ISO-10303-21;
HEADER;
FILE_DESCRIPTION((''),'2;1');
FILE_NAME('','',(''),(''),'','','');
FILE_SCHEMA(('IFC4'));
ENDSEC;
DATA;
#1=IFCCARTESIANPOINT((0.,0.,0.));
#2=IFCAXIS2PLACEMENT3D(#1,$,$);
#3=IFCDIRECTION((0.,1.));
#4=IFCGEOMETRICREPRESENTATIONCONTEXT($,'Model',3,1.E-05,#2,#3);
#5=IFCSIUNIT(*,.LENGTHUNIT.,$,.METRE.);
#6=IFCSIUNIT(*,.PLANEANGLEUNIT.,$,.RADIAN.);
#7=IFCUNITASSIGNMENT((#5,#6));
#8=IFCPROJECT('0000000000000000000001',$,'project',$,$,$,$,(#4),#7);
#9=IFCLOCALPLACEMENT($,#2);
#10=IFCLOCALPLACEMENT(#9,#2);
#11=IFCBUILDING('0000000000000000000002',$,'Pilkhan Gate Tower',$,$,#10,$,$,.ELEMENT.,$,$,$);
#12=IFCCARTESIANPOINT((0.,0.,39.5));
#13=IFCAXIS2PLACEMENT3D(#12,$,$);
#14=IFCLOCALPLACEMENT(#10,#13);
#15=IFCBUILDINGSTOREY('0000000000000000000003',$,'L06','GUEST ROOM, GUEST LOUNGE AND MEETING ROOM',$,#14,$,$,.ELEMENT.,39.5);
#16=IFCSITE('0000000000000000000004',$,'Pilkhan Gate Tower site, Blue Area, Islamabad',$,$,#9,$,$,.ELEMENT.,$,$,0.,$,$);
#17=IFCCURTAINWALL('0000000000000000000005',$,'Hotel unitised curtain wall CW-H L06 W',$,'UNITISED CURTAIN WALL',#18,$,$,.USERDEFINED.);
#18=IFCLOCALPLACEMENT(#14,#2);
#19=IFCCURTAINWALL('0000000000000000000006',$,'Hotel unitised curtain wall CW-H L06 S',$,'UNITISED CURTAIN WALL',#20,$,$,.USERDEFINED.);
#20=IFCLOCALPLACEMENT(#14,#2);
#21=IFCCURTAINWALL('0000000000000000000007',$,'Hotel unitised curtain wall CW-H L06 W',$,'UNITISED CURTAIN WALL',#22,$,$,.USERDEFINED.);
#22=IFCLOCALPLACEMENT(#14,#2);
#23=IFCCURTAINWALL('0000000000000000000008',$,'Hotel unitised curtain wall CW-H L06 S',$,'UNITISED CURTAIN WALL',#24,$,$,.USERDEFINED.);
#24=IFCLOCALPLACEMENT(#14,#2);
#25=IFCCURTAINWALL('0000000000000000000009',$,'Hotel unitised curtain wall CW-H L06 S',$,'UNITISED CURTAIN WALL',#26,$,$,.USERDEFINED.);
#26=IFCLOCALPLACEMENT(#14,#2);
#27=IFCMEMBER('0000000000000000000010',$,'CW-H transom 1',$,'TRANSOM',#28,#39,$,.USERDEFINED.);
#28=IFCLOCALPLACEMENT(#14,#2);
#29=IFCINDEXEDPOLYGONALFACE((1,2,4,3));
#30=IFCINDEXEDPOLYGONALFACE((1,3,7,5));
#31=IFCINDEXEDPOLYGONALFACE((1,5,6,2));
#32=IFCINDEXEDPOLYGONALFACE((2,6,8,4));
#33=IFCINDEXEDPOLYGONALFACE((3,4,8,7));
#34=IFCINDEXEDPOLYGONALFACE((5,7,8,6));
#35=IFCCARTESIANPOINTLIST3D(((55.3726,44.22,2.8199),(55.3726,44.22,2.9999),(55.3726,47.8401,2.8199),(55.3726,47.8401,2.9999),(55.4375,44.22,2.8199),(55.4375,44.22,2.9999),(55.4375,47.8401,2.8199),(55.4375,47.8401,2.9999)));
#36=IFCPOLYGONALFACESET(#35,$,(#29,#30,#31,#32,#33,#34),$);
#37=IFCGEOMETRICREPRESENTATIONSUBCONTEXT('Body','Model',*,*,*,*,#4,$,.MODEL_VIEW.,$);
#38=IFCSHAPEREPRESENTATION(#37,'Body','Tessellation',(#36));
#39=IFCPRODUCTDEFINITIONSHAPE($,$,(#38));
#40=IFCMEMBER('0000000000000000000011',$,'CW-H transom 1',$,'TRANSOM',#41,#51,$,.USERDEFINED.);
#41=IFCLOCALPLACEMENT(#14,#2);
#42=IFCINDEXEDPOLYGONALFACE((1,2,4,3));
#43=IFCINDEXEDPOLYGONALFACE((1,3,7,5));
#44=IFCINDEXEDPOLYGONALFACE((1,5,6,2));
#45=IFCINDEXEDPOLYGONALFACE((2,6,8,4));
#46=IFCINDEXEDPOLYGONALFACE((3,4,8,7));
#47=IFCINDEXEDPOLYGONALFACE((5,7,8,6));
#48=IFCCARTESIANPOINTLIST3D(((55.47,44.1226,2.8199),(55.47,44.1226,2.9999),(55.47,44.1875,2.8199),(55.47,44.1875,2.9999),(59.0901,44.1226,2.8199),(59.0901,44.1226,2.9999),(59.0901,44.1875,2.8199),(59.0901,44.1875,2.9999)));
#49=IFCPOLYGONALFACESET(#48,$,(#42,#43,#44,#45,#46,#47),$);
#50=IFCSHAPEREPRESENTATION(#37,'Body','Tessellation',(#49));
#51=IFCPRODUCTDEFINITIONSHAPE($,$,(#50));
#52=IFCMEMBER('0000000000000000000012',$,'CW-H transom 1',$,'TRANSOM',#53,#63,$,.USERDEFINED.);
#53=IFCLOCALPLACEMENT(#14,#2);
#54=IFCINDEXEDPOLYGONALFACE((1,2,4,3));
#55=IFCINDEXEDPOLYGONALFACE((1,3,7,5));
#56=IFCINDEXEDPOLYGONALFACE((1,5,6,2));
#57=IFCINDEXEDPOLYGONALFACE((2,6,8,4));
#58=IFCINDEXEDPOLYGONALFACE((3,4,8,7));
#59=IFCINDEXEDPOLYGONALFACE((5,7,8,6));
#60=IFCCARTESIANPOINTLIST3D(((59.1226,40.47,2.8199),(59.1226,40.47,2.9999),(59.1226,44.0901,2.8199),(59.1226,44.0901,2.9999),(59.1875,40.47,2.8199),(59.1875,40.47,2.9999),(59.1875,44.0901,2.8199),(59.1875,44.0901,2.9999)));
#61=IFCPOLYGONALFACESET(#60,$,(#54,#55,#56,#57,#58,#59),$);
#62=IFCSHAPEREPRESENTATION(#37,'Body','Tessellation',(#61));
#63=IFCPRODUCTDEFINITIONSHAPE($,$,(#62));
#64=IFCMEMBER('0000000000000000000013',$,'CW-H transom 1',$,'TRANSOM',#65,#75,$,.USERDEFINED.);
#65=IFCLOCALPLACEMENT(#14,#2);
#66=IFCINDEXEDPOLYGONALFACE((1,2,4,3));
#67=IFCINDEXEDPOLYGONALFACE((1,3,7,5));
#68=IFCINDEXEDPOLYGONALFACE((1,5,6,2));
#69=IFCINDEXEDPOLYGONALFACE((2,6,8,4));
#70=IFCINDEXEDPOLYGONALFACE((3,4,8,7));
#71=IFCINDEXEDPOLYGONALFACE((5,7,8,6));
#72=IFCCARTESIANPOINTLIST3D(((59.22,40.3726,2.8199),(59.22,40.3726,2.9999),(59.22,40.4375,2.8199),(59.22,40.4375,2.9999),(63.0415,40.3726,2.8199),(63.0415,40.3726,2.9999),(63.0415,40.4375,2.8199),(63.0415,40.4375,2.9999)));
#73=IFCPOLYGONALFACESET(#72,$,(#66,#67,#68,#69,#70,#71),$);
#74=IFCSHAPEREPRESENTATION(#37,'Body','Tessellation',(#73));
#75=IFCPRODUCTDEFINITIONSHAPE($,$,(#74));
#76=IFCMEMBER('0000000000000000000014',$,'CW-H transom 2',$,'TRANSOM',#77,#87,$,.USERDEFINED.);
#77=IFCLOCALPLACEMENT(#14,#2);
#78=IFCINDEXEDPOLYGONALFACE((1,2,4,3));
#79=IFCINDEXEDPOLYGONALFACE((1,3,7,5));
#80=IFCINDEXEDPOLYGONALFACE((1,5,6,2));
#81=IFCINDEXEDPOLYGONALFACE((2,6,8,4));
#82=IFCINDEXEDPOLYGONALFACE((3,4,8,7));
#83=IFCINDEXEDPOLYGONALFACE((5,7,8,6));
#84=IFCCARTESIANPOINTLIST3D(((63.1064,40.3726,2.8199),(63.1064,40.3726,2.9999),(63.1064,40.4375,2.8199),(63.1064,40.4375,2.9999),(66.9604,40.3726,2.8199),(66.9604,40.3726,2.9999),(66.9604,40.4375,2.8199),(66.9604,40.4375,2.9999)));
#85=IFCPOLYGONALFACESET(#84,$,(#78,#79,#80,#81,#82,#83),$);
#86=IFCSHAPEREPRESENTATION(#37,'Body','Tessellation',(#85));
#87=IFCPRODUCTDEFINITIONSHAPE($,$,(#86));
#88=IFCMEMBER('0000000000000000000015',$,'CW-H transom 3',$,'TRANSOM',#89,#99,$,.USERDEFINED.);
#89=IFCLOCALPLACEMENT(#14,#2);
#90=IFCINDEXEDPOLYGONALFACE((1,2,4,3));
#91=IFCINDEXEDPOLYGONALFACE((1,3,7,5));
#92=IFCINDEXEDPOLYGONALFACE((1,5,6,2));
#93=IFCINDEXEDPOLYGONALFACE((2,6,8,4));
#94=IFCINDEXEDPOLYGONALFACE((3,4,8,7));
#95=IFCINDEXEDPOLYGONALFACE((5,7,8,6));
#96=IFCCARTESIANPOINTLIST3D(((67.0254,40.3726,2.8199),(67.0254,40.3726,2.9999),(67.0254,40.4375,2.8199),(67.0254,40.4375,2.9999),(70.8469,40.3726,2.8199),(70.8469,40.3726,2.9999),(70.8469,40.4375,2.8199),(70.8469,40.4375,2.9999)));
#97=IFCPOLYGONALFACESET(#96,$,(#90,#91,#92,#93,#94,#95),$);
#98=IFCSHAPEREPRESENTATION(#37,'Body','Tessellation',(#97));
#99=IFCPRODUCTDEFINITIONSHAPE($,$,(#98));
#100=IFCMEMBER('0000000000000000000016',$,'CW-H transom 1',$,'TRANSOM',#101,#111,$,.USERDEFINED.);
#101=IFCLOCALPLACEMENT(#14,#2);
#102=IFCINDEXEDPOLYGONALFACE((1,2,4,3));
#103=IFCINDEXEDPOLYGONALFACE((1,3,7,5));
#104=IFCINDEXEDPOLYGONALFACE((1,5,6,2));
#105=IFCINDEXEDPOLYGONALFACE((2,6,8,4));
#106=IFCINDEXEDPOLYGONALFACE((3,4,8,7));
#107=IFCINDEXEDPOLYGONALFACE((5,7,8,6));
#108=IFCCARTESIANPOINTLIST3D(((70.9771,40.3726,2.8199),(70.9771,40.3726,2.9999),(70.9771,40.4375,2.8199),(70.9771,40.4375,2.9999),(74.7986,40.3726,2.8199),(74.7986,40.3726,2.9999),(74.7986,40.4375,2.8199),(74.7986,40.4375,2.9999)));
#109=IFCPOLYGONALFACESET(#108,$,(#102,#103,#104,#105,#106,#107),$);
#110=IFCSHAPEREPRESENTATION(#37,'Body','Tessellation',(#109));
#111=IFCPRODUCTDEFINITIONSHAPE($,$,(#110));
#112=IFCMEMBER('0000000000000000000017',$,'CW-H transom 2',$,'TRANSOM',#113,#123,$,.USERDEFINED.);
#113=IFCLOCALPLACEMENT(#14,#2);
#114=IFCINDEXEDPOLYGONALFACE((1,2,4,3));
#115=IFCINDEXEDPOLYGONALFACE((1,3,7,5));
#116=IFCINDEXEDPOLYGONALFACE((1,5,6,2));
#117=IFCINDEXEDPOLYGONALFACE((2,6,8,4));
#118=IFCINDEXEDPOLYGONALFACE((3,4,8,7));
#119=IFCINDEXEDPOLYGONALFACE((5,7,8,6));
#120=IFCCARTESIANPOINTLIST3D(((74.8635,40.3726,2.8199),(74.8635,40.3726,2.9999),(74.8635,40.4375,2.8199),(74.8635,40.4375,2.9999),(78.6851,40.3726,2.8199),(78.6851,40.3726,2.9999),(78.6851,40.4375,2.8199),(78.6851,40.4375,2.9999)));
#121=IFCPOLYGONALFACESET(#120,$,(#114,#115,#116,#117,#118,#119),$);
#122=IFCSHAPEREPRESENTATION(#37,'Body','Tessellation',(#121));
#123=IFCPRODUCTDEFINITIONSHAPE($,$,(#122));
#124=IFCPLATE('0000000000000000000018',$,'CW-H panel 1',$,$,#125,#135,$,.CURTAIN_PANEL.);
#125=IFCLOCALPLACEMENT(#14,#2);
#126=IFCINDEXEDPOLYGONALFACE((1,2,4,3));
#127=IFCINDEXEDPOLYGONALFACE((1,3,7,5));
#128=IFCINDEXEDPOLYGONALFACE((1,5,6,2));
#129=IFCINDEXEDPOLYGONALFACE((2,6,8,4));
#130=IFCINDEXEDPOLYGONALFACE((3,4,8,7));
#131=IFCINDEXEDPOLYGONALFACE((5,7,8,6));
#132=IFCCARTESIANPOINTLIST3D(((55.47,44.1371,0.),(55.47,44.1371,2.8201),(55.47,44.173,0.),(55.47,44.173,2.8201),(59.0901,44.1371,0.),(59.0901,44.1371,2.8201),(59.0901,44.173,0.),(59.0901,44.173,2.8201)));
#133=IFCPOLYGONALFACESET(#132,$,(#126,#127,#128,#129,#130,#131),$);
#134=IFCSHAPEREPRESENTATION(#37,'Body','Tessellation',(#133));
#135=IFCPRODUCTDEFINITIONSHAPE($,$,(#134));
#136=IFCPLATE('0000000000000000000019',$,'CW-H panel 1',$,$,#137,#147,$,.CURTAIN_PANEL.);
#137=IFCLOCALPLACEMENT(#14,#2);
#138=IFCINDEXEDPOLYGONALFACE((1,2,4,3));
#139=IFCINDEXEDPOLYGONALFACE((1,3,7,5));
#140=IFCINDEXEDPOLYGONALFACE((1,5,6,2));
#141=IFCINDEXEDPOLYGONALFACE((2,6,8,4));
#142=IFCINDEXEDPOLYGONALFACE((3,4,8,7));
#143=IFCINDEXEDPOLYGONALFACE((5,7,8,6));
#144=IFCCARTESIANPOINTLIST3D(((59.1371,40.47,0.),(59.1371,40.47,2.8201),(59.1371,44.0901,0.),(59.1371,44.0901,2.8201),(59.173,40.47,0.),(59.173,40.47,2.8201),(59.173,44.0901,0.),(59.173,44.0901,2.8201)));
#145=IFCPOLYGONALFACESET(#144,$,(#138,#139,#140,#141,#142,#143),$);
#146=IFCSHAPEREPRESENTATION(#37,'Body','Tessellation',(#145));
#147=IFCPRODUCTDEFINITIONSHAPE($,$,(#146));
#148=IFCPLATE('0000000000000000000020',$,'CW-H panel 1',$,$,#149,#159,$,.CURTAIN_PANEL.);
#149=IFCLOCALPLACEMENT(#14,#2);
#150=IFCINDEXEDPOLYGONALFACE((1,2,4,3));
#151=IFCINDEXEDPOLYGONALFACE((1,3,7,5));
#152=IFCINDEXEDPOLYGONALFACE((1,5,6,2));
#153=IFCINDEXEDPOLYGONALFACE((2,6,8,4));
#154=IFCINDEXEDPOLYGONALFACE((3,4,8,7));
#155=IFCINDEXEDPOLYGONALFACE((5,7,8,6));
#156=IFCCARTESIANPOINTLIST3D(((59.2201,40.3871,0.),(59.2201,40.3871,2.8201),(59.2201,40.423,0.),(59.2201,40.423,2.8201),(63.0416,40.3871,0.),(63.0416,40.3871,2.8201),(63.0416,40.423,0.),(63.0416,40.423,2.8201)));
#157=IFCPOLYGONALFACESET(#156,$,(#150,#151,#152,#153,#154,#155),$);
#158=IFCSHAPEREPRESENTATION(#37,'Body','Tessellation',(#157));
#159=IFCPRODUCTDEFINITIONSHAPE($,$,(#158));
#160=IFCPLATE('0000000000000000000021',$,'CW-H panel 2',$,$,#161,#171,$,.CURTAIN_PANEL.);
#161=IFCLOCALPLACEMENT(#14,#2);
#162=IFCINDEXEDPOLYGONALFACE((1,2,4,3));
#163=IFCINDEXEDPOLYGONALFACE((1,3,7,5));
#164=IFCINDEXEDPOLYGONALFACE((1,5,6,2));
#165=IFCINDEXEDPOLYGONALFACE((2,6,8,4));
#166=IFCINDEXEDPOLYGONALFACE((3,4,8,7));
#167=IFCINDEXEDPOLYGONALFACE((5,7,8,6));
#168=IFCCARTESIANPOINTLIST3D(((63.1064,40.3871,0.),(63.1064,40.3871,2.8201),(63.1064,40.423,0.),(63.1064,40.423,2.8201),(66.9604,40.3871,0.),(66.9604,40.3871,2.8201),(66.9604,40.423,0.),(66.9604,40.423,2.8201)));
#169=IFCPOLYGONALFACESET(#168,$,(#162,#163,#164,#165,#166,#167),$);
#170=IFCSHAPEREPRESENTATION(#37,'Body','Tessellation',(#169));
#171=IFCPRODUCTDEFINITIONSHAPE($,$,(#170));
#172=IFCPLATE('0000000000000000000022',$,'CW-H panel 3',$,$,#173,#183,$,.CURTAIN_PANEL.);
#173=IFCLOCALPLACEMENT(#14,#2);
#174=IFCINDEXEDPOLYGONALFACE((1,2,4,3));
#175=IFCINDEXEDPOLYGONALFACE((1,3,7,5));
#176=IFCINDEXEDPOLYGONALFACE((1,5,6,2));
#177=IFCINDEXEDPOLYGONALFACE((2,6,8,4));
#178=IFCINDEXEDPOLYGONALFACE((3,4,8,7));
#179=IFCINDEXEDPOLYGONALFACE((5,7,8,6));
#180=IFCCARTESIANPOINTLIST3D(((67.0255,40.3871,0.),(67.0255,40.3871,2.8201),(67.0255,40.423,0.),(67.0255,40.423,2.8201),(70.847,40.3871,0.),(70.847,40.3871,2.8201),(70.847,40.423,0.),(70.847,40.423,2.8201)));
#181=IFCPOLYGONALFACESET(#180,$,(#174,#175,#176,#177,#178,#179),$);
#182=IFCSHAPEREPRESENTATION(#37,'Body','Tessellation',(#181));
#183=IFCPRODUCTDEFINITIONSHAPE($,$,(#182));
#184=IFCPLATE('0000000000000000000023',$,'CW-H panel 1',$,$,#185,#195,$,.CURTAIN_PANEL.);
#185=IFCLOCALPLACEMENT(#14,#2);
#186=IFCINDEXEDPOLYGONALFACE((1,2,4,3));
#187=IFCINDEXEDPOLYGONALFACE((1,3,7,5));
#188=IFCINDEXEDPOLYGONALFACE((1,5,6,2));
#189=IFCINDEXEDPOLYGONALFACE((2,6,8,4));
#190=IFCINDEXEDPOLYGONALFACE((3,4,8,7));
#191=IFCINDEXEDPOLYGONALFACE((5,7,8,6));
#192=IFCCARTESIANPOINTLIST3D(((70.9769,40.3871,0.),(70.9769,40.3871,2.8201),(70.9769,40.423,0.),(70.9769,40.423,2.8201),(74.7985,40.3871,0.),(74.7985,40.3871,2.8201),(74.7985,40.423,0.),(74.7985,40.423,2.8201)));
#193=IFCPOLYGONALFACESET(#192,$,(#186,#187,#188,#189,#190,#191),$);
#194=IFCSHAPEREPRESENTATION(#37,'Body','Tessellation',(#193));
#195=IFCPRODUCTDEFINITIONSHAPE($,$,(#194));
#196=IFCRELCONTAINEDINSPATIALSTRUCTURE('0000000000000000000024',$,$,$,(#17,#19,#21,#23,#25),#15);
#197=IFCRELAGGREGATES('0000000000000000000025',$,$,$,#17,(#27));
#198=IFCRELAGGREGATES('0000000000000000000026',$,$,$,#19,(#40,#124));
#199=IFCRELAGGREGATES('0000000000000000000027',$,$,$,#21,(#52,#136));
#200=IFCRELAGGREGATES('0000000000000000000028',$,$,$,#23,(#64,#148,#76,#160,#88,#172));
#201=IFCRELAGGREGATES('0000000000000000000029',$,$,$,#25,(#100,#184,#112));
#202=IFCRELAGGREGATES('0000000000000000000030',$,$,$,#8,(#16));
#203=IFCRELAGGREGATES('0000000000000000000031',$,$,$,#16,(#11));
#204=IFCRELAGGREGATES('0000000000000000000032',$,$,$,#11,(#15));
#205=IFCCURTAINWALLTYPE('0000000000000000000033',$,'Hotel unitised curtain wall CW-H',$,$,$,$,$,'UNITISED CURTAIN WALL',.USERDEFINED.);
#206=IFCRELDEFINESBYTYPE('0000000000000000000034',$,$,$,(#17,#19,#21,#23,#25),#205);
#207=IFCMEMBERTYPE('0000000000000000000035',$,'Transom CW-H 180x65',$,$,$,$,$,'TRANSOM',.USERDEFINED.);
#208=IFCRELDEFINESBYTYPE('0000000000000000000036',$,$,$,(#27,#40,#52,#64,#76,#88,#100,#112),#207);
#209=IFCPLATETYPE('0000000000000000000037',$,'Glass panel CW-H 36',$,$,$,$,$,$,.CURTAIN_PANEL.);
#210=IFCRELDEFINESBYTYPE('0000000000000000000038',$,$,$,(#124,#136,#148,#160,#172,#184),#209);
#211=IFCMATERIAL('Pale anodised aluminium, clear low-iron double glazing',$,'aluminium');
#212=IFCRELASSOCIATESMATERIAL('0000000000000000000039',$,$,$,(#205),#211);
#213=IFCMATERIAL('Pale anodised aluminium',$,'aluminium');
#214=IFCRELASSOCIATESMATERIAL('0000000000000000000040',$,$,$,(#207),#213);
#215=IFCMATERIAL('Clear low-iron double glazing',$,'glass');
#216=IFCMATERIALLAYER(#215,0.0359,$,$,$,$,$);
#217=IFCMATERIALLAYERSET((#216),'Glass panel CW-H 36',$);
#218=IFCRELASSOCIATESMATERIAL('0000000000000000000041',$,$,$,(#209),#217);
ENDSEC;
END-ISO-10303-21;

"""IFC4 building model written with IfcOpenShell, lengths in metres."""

from ifc_helpers import new_model, si_unit, direction, frame, origin, origin_2d, place, context, subcontext, project, spatial, rectangle, extrude, material, layer, layer_set, material_profile, profile_set, type_object, element, aggregate, save


model = new_model("IFC4")

# Units and contexts
model_context = context("Model", 3, precision=1e-05, world=origin(), true_north=direction((0.0, 1.0)))
body_context = subcontext(model_context, "Body", "Model", "MODEL_VIEW")
ifc_project = project(units=[si_unit("LENGTHUNIT", "METRE"), si_unit("PLANEANGLEUNIT", "RADIAN")], contexts=[model_context])

# Site, building, storey
site_placement = place(None, origin())
site = spatial("IfcSite", under=ifc_project, at=site_placement, Name="Pilkhan Gate Tower site, Blue Area, Islamabad", CompositionType="ELEMENT", RefElevation=0.0)
building_placement = place(site_placement, origin())
building = spatial("IfcBuilding", under=site, at=building_placement, Name="Pilkhan Gate Tower", CompositionType="ELEMENT")
storey_placement = place(building_placement, frame((0.0, 0.0, 39.5)))
storey = spatial("IfcBuildingStorey", under=building, at=storey_placement, Name="L06", Description="GUEST ROOM, GUEST LOUNGE AND MEETING ROOM", CompositionType="ELEMENT", Elevation=39.5)

# Curtain wall
ifc_material_1 = material(Name="Pale anodised aluminium, clear low-iron double glazing", Category="aluminium")
curtain_wall_type = type_object("IfcCurtainWallType", Name="Hotel unitised curtain wall CW-H", ElementType="UNITISED CURTAIN WALL", PredefinedType="USERDEFINED", material=ifc_material_1)
curtain_wall_1_placement = place(storey_placement, origin())
curtain_wall_1 = element("IfcCurtainWall", 1, at=curtain_wall_1_placement, inside=storey, type_object=curtain_wall_type, Name="Hotel unitised curtain wall CW-H L06 W", ObjectType="UNITISED CURTAIN WALL", PredefinedType="USERDEFINED")
ifc_material_2 = material(Name="Pale anodised aluminium", Category="aluminium")

# Curtain walls
curtain_wall_2_placement = place(storey_placement, origin())
curtain_wall_2 = element("IfcCurtainWall", 2, at=curtain_wall_2_placement, inside=storey, type_object=curtain_wall_type, Name="Hotel unitised curtain wall CW-H L06 S", ObjectType="UNITISED CURTAIN WALL", PredefinedType="USERDEFINED")
curtain_wall_3_placement = place(storey_placement, origin())
curtain_wall_3 = element("IfcCurtainWall", 3, at=curtain_wall_3_placement, inside=storey, type_object=curtain_wall_type, Name="Hotel unitised curtain wall CW-H L06 W", ObjectType="UNITISED CURTAIN WALL", PredefinedType="USERDEFINED")
curtain_wall_4_placement = place(storey_placement, origin())
curtain_wall_4 = element("IfcCurtainWall", 4, at=curtain_wall_4_placement, inside=storey, type_object=curtain_wall_type, Name="Hotel unitised curtain wall CW-H L06 S", ObjectType="UNITISED CURTAIN WALL", PredefinedType="USERDEFINED")
curtain_wall_5_placement = place(storey_placement, origin())
curtain_wall_5 = element("IfcCurtainWall", 5, at=curtain_wall_5_placement, inside=storey, type_object=curtain_wall_type, Name="Hotel unitised curtain wall CW-H L06 S", ObjectType="UNITISED CURTAIN WALL", PredefinedType="USERDEFINED")

# Members
ifc_material_profile_1 = material_profile(ifc_material_2, rectangle(XDim=0.0649, YDim=0.1799, at=origin_2d()), Name="Transom 180x65")
ifc_profile_set_1 = profile_set([ifc_material_profile_1], Name="Pale anodised aluminium")
member_type_1 = type_object("IfcMemberType", Name="Transom CW-H 180x65", ElementType="TRANSOM", PredefinedType="USERDEFINED", material=ifc_profile_set_1)
member_1_placement = place(storey_placement, frame((55.405, 44.22, 2.9099), z_axis=(0.0, 1.0, 0.0), x_axis=(-1.0, 0.0, 0.0)))
member_1 = element("IfcMember", 6, at=member_1_placement, type_object=member_type_1, Name="CW-H transom 1", ObjectType="TRANSOM", PredefinedType="USERDEFINED", context=body_context, shape_type="SweptSolid", body=[
    extrude(rectangle(XDim=0.0649, YDim=0.1799, at=origin_2d()), origin(), (0.0, 0.0, 1.0), 3.6201),
])
aggregate(curtain_wall_1, [member_1])
member_2_placement = place(storey_placement, frame((55.47, 44.155, 2.9099), z_axis=(1.0, 0.0, 0.0), x_axis=(0.0, 1.0, 0.0)))
member_2 = element("IfcMember", 7, at=member_2_placement, type_object=member_type_1, Name="CW-H transom 1", ObjectType="TRANSOM", PredefinedType="USERDEFINED", context=body_context, shape_type="SweptSolid", body=[
    extrude(rectangle(XDim=0.0649, YDim=0.1799, at=origin_2d()), origin(), (0.0, 0.0, 1.0), 3.6201),
])
member_3_placement = place(storey_placement, frame((59.155, 40.47, 2.9099), z_axis=(0.0, 1.0, 0.0), x_axis=(-1.0, 0.0, 0.0)))
member_3 = element("IfcMember", 8, at=member_3_placement, type_object=member_type_1, Name="CW-H transom 1", ObjectType="TRANSOM", PredefinedType="USERDEFINED", context=body_context, shape_type="SweptSolid", body=[
    extrude(rectangle(XDim=0.0649, YDim=0.1799, at=origin_2d()), origin(), (0.0, 0.0, 1.0), 3.6201),
])
member_4_placement = place(storey_placement, frame((59.22, 40.405, 2.9099), z_axis=(1.0, 0.0, 0.0), x_axis=(0.0, 1.0, 0.0)))
member_4 = element("IfcMember", 9, at=member_4_placement, type_object=member_type_1, Name="CW-H transom 1", ObjectType="TRANSOM", PredefinedType="USERDEFINED", context=body_context, shape_type="SweptSolid", body=[
    extrude(rectangle(XDim=0.0649, YDim=0.1799, at=origin_2d()), origin(), (0.0, 0.0, 1.0), 3.8215),
])
member_5_placement = place(storey_placement, frame((63.1064, 40.405, 2.9099), z_axis=(1.0, 0.0, 0.0), x_axis=(0.0, 1.0, 0.0)))
member_5 = element("IfcMember", 10, at=member_5_placement, type_object=member_type_1, Name="CW-H transom 2", ObjectType="TRANSOM", PredefinedType="USERDEFINED", context=body_context, shape_type="SweptSolid", body=[
    extrude(rectangle(XDim=0.0649, YDim=0.1799, at=origin_2d()), origin(), (0.0, 0.0, 1.0), 3.854),
])
member_6_placement = place(storey_placement, frame((67.0254, 40.405, 2.9099), z_axis=(1.0, 0.0, 0.0), x_axis=(0.0, 1.0, 0.0)))
member_6 = element("IfcMember", 11, at=member_6_placement, type_object=member_type_1, Name="CW-H transom 3", ObjectType="TRANSOM", PredefinedType="USERDEFINED", context=body_context, shape_type="SweptSolid", body=[
    extrude(rectangle(XDim=0.0649, YDim=0.1799, at=origin_2d()), origin(), (0.0, 0.0, 1.0), 3.8215),
])
member_7_placement = place(storey_placement, frame((70.9771, 40.405, 2.9099), z_axis=(1.0, 0.0, 0.0), x_axis=(0.0, 1.0, 0.0)))
member_7 = element("IfcMember", 12, at=member_7_placement, type_object=member_type_1, Name="CW-H transom 1", ObjectType="TRANSOM", PredefinedType="USERDEFINED", context=body_context, shape_type="SweptSolid", body=[
    extrude(rectangle(XDim=0.0649, YDim=0.1799, at=origin_2d()), origin(), (0.0, 0.0, 1.0), 3.8215),
])
member_8_placement = place(storey_placement, frame((74.8635, 40.405, 2.9099), z_axis=(1.0, 0.0, 0.0), x_axis=(0.0, 1.0, 0.0)))
member_8 = element("IfcMember", 13, at=member_8_placement, type_object=member_type_1, Name="CW-H transom 2", ObjectType="TRANSOM", PredefinedType="USERDEFINED", context=body_context, shape_type="SweptSolid", body=[
    extrude(rectangle(XDim=0.0649, YDim=0.1799, at=origin_2d()), origin(), (0.0, 0.0, 1.0), 3.8215),
])

# Plates
ifc_material_3 = material(Name="Clear low-iron double glazing", Category="glass")
ifc_layer_1 = layer(ifc_material_3, 0.0359)
ifc_layer_set_1 = layer_set([ifc_layer_1], Name="Glass panel CW-H 36")
plate_type = type_object("IfcPlateType", Name="Glass panel CW-H 36", PredefinedType="CURTAIN_PANEL", material=ifc_layer_set_1)
plate_1_placement = place(storey_placement, frame((57.28, 44.155, 0.0), z_axis=(0.0, 0.0, 1.0), x_axis=(1.0, 0.0, 0.0)))
plate_1 = element("IfcPlate", 14, at=plate_1_placement, type_object=plate_type, Name="CW-H panel 1", PredefinedType="CURTAIN_PANEL", context=body_context, shape_type="SweptSolid", body=[
    extrude(rectangle(XDim=3.6201, YDim=0.0359, at=origin_2d()), origin(), (0.0, 0.0, 1.0), 2.8201),
])
aggregate(curtain_wall_2, [member_2, plate_1])
plate_2_placement = place(storey_placement, frame((59.155, 42.28, 0.0), z_axis=(0.0, 0.0, 1.0), x_axis=(0.0, 1.0, 0.0)))
plate_2 = element("IfcPlate", 15, at=plate_2_placement, type_object=plate_type, Name="CW-H panel 1", PredefinedType="CURTAIN_PANEL", context=body_context, shape_type="SweptSolid", body=[
    extrude(rectangle(XDim=3.6201, YDim=0.0359, at=origin_2d()), origin(), (0.0, 0.0, 1.0), 2.8201),
])
aggregate(curtain_wall_3, [member_3, plate_2])
plate_3_placement = place(storey_placement, frame((61.1309, 40.405, 0.0), z_axis=(0.0, 0.0, 1.0), x_axis=(1.0, 0.0, 0.0)))
plate_3 = element("IfcPlate", 16, at=plate_3_placement, type_object=plate_type, Name="CW-H panel 1", PredefinedType="CURTAIN_PANEL", context=body_context, shape_type="SweptSolid", body=[
    extrude(rectangle(XDim=3.8215, YDim=0.0359, at=origin_2d()), origin(), (0.0, 0.0, 1.0), 2.8201),
])
plate_4_placement = place(storey_placement, frame((65.0334, 40.405, 0.0), z_axis=(0.0, 0.0, 1.0), x_axis=(1.0, 0.0, 0.0)))
plate_4 = element("IfcPlate", 17, at=plate_4_placement, type_object=plate_type, Name="CW-H panel 2", PredefinedType="CURTAIN_PANEL", context=body_context, shape_type="SweptSolid", body=[
    extrude(rectangle(XDim=3.854, YDim=0.0359, at=origin_2d()), origin(), (0.0, 0.0, 1.0), 2.8201),
])
plate_5_placement = place(storey_placement, frame((68.9363, 40.405, 0.0), z_axis=(0.0, 0.0, 1.0), x_axis=(1.0, 0.0, 0.0)))
plate_5 = element("IfcPlate", 18, at=plate_5_placement, type_object=plate_type, Name="CW-H panel 3", PredefinedType="CURTAIN_PANEL", context=body_context, shape_type="SweptSolid", body=[
    extrude(rectangle(XDim=3.8215, YDim=0.0359, at=origin_2d()), origin(), (0.0, 0.0, 1.0), 2.8201),
])
aggregate(curtain_wall_4, [member_4, plate_3, member_5, plate_4, member_6, plate_5])
plate_6_placement = place(storey_placement, frame((72.8877, 40.405, 0.0), z_axis=(0.0, 0.0, 1.0), x_axis=(1.0, 0.0, 0.0)))
plate_6 = element("IfcPlate", 19, at=plate_6_placement, type_object=plate_type, Name="CW-H panel 1", PredefinedType="CURTAIN_PANEL", context=body_context, shape_type="SweptSolid", body=[
    extrude(rectangle(XDim=3.8215, YDim=0.0359, at=origin_2d()), origin(), (0.0, 0.0, 1.0), 2.8201),
])
aggregate(curtain_wall_5, [member_7, plate_6, member_8])

save(model, "model.ifc")
